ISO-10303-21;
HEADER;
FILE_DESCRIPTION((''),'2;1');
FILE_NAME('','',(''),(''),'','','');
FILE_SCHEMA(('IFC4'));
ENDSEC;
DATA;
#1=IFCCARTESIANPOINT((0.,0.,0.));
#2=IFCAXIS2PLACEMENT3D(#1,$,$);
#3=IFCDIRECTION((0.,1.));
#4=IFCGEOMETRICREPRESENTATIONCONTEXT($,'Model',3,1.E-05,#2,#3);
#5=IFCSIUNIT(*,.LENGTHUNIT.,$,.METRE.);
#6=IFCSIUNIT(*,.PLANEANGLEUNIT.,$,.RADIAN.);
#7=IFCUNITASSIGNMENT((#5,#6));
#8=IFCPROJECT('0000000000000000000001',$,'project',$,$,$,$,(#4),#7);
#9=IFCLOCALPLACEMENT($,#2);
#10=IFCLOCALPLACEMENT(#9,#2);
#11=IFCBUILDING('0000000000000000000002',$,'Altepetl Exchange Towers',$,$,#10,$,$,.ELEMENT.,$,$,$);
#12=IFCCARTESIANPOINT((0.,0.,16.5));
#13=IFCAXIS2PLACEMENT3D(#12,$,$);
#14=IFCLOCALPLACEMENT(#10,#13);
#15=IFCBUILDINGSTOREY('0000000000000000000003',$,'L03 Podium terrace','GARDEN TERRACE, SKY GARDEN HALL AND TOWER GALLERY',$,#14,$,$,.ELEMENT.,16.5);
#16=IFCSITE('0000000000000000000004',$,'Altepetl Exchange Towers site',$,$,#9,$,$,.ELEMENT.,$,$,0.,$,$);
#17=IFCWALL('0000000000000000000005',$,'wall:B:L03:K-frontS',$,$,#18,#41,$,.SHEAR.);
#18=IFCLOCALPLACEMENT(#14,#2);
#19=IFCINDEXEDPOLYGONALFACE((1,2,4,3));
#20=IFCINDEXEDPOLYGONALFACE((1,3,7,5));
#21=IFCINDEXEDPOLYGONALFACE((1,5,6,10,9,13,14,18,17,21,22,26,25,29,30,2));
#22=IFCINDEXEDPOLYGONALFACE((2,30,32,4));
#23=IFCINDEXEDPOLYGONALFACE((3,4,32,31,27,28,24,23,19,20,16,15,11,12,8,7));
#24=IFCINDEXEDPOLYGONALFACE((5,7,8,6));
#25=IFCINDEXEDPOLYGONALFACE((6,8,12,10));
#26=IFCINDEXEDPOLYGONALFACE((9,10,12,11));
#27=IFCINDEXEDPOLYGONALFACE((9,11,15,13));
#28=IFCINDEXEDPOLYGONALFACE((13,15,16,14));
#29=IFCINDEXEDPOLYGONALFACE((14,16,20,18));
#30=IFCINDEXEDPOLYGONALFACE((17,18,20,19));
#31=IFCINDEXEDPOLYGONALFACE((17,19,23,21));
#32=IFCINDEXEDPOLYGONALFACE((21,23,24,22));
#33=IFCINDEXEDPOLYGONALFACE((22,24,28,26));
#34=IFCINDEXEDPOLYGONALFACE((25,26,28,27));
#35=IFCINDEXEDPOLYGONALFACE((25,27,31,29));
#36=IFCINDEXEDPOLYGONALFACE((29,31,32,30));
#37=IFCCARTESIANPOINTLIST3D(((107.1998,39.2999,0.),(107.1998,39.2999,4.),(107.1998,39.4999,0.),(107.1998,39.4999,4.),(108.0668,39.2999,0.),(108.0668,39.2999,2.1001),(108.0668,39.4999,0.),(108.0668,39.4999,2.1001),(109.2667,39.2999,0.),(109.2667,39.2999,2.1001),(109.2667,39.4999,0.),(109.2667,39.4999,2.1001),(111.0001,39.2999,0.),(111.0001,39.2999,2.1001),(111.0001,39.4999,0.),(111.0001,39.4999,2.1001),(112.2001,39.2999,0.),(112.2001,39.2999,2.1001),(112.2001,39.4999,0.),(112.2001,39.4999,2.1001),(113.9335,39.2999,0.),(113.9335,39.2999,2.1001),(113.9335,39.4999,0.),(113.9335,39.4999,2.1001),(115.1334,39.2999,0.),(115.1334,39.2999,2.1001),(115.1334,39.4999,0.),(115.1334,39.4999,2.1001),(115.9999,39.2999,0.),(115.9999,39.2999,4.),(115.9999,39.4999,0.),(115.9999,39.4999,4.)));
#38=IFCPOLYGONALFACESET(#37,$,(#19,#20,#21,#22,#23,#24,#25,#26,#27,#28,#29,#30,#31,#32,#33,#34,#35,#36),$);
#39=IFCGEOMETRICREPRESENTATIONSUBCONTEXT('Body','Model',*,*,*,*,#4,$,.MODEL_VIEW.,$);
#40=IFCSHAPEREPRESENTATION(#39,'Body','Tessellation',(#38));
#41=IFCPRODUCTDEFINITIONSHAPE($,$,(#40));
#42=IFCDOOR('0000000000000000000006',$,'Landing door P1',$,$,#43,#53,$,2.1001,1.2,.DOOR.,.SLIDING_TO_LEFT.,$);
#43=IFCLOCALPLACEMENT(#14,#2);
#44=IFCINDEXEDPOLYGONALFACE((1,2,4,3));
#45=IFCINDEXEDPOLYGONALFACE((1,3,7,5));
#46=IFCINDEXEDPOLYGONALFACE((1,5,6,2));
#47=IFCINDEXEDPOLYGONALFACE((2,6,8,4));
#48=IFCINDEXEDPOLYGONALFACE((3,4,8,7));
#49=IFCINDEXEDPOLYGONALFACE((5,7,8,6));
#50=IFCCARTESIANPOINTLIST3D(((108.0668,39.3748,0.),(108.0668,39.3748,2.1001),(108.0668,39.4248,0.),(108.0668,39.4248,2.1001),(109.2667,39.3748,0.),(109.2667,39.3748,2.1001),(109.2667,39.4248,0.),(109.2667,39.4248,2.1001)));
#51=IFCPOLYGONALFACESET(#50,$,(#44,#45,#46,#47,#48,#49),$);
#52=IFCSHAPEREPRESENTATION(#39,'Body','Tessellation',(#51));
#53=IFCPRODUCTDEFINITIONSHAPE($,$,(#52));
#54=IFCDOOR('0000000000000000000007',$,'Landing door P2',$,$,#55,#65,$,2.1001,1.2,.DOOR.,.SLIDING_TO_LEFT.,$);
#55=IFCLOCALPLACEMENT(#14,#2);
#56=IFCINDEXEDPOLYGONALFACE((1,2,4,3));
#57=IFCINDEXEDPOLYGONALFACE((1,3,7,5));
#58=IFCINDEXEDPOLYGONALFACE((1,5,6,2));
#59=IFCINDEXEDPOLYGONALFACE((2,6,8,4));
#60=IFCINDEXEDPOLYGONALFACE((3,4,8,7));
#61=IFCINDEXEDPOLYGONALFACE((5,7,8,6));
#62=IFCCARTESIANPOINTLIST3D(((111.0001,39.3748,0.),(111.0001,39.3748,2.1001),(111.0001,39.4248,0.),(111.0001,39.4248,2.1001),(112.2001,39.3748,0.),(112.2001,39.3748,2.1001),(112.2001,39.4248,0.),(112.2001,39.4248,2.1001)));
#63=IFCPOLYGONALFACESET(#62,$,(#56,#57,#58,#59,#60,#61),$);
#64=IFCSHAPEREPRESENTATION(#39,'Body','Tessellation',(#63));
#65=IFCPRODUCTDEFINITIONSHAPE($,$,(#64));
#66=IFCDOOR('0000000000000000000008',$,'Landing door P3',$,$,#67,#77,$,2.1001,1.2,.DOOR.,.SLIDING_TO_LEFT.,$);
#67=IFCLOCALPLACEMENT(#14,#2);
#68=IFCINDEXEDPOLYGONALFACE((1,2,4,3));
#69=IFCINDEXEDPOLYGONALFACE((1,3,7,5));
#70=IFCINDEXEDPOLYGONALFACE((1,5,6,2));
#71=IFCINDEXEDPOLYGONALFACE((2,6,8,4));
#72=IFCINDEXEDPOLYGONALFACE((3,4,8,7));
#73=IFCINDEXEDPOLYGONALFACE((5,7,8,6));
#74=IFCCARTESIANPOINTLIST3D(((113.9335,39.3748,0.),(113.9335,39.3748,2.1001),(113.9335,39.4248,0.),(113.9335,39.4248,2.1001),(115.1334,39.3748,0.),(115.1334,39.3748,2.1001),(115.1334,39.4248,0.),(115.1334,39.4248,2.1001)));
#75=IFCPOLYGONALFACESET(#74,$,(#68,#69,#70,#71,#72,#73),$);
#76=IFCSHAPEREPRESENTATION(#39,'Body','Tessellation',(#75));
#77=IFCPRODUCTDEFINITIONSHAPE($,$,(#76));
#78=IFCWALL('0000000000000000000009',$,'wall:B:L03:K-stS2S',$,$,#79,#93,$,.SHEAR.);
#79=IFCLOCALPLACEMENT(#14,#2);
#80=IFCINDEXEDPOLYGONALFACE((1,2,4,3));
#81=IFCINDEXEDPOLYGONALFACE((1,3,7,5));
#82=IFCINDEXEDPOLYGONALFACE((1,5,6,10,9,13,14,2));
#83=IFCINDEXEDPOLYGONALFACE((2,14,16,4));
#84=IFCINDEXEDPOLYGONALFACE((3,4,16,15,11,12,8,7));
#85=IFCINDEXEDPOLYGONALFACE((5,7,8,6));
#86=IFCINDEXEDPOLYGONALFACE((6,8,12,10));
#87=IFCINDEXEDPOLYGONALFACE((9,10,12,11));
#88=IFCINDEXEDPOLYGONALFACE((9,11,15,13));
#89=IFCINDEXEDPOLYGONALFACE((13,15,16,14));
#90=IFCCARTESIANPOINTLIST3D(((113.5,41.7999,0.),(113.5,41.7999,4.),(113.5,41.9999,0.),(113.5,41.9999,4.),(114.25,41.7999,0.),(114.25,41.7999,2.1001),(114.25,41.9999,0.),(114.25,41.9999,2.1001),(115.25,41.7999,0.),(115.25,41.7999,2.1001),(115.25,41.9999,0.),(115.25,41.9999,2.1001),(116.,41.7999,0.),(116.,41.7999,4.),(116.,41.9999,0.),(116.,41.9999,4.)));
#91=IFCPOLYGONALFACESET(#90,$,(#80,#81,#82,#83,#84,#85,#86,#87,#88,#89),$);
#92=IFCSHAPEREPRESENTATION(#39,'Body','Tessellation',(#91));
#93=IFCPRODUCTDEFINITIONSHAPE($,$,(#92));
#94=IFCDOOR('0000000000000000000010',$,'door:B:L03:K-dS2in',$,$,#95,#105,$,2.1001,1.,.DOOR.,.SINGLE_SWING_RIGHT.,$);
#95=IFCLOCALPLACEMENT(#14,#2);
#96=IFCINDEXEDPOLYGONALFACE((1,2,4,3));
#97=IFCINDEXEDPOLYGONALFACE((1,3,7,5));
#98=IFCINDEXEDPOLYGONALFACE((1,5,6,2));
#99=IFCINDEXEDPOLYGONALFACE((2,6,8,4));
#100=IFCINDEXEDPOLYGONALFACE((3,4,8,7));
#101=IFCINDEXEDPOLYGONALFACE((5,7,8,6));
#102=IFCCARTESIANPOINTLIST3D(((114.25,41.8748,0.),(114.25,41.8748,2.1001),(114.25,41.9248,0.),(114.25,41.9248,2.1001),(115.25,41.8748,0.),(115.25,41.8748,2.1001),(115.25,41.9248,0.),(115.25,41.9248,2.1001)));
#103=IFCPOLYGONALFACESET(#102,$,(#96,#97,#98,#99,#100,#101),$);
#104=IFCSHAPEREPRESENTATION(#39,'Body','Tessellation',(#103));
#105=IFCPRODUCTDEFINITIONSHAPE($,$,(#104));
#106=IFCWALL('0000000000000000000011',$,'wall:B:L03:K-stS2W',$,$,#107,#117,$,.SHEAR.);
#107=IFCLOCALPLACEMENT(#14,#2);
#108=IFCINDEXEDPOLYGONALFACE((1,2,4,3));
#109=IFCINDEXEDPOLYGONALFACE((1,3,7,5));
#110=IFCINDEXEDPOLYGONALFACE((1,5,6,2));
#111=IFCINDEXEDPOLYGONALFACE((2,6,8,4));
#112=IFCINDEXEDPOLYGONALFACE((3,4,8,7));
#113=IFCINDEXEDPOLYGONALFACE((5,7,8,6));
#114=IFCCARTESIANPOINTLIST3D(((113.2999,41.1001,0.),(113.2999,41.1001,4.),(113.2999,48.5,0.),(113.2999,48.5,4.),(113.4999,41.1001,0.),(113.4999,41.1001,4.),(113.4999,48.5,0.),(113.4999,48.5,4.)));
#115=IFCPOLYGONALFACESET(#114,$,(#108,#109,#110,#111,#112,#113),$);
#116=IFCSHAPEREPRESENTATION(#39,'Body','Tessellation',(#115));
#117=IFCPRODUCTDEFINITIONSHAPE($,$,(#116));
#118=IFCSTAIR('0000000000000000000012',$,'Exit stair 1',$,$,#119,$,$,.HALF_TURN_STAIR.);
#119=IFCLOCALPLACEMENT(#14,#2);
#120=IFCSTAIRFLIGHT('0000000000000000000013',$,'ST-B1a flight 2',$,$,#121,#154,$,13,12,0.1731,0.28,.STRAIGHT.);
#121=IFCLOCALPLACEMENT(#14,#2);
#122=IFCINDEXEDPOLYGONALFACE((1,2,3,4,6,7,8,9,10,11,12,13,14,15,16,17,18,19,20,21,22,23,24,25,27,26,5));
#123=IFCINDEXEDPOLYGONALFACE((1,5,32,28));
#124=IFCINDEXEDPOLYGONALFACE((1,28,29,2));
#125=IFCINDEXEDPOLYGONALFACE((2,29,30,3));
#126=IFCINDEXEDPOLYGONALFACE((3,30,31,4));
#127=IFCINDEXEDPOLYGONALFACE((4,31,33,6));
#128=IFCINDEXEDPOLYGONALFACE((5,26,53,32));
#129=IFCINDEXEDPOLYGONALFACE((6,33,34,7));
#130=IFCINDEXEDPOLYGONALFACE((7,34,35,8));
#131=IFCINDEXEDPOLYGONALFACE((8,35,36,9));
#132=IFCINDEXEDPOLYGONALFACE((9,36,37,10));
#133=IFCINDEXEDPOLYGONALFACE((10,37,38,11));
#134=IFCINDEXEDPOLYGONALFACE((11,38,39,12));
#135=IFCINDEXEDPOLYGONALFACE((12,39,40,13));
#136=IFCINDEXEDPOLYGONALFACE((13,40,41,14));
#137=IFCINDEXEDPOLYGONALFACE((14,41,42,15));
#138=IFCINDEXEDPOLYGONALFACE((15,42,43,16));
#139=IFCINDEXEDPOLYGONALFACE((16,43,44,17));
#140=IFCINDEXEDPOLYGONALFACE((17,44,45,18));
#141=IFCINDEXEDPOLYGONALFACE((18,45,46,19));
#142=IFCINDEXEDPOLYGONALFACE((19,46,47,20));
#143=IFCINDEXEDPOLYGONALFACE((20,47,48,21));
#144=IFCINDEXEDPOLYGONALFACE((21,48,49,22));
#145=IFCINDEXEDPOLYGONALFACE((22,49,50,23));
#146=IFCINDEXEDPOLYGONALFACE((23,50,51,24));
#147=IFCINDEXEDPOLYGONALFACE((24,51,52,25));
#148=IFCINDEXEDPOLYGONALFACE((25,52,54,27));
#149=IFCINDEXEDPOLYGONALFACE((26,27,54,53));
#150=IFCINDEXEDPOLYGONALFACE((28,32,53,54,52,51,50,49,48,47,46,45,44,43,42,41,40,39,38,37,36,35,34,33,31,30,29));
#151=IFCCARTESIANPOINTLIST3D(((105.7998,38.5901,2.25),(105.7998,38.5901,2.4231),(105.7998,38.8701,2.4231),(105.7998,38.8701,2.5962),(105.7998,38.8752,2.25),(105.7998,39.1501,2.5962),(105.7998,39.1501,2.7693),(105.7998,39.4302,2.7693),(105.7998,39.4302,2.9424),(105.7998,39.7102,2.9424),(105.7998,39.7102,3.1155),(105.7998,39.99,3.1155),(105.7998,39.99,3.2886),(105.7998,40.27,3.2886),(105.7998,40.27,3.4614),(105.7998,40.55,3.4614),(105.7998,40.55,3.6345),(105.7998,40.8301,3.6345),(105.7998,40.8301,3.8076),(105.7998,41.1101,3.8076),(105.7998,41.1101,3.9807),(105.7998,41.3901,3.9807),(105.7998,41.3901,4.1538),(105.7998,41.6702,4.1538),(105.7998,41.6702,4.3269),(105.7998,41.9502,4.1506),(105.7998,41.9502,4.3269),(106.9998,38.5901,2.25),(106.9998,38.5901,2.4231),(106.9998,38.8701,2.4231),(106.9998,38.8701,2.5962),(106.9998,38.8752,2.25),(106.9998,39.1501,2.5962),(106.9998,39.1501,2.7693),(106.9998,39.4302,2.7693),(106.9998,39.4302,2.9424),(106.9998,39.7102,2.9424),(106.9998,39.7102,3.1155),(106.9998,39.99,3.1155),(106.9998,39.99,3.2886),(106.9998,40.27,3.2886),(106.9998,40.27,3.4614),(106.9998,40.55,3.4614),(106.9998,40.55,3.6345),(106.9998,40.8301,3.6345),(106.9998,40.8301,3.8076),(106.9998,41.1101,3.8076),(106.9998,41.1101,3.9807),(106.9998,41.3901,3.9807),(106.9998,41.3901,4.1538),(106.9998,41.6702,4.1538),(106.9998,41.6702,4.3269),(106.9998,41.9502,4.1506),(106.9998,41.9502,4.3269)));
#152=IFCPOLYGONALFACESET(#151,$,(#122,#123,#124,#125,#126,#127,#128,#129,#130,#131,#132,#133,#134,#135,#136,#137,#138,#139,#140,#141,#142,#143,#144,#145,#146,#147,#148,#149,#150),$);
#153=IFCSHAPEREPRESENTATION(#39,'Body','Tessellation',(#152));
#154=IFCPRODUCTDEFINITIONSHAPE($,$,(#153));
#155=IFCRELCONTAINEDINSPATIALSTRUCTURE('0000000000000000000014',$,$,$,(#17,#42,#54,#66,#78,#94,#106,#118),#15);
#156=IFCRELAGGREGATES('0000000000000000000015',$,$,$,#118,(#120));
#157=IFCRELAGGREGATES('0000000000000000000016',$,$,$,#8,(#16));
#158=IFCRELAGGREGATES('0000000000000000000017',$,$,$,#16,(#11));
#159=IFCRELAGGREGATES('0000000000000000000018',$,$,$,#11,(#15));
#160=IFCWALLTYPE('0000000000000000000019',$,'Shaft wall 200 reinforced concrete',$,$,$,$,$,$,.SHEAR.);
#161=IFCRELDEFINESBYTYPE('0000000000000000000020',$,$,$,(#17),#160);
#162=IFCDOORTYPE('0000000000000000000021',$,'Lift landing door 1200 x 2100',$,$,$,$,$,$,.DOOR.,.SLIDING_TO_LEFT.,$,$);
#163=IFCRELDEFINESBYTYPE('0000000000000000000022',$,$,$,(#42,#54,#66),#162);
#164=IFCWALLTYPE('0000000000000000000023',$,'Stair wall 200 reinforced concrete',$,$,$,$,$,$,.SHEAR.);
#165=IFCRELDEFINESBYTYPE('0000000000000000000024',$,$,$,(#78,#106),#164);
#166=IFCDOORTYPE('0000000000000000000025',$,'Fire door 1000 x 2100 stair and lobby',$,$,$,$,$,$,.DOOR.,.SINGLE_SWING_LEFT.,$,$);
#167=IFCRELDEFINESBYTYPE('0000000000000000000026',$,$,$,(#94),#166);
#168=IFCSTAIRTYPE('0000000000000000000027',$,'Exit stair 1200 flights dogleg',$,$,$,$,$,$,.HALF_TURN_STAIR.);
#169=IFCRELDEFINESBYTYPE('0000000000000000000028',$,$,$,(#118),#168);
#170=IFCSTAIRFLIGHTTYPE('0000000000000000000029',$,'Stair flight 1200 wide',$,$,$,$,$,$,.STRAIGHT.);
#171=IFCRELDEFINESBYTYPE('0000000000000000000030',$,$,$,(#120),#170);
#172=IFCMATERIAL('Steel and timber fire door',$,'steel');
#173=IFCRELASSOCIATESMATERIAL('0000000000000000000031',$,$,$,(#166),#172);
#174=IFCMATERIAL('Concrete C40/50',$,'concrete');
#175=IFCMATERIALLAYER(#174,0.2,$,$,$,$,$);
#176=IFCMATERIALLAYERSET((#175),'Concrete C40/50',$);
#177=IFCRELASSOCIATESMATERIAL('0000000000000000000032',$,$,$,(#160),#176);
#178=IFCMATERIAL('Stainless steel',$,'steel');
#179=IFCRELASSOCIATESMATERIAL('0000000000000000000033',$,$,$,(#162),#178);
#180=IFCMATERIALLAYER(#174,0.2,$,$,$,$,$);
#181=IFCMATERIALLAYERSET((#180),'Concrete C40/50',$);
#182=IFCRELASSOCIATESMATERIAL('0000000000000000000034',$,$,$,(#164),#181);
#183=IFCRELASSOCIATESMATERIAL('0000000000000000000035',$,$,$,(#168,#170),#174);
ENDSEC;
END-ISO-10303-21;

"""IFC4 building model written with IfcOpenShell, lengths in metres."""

from ifc_helpers import new_model, si_unit, direction, frame, frame_2d, origin, place, context, subcontext, project, spatial, polyline, rectangle, outline, extrude, material, layer, layer_set, type_object, element, fill, aggregate, save


model = new_model("IFC4")

# Units and contexts
model_context = context("Model", 3, precision=1e-05, world=origin(), true_north=direction((0.0, 1.0)))
body_context = subcontext(model_context, "Body", "Model", "MODEL_VIEW")
ifc_project = project(units=[si_unit("LENGTHUNIT", "METRE"), si_unit("PLANEANGLEUNIT", "RADIAN")], contexts=[model_context])

# Site, building, storey
site_placement = place(None, origin())
site = spatial("IfcSite", under=ifc_project, at=site_placement, Name="Altepetl Exchange Towers site", CompositionType="ELEMENT", RefElevation=0.0)
building_placement = place(site_placement, origin())
building = spatial("IfcBuilding", under=site, at=building_placement, Name="Altepetl Exchange Towers", CompositionType="ELEMENT")
storey_placement = place(building_placement, frame((0.0, 0.0, 16.5)))
storey = spatial("IfcBuildingStorey", under=building, at=storey_placement, Name="L03 Podium terrace", Description="GARDEN TERRACE, SKY GARDEN HALL AND TOWER GALLERY", CompositionType="ELEMENT", Elevation=16.5)

# Shared definitions
ifc_material_1 = material(Name="Steel and timber fire door", Category="steel")
door_type_1 = type_object("IfcDoorType", Name="Fire door 1000 x 2100 stair and lobby", OperationType="SINGLE_SWING_LEFT", PredefinedType="DOOR", material=ifc_material_1)

# Shared definitions
ifc_material_2 = material(Name="Concrete C40/50", Category="concrete")
ifc_layer_1 = layer(ifc_material_2, 0.2)
ifc_layer_set_1 = layer_set([ifc_layer_1], Name="Concrete C40/50")
wall_type_1 = type_object("IfcWallType", Name="Shaft wall 200 reinforced concrete", PredefinedType="SHEAR", material=ifc_layer_set_1)
ifc_material_3 = material(Name="Stainless steel", Category="steel")

# Wall, openings, doors
wall_1_placement = place(storey_placement, frame((107.2, 39.3999, 0.0)))
wall_1 = element("IfcWall", 1, at=wall_1_placement, inside=storey, type_object=wall_type_1, Name="wall:B:L03:K-frontS", PredefinedType="SHEAR", context=body_context, shape_type="SweptSolid", body=[
    extrude(rectangle(XDim=8.8, YDim=0.2, at=frame_2d((4.3999, 0.0))), origin(), (0.0, 0.0, 1.0), 4.0),
])
opening_1_placement = place(wall_1_placement, frame((0.8667, 0.0, 0.0)))
opening_1 = element("IfcOpeningElement", 2, at=opening_1_placement, cuts=wall_1, PredefinedType="OPENING", context=body_context, shape_type="SweptSolid", body=[
    extrude(rectangle(XDim=1.2, YDim=2.1001, at=frame_2d((0.6001, 1.05))), frame((0.0, 0.1099, 0.0), z_axis=(0.0, -1.0, 0.0), x_axis=(1.0, 0.0, 0.0)), (0.0, 0.0, 1.0), 0.22),
])
opening_2_placement = place(wall_1_placement, frame((3.8, 0.0, 0.0)))
opening_2 = element("IfcOpeningElement", 3, at=opening_2_placement, cuts=wall_1, PredefinedType="OPENING", context=body_context, shape_type="SweptSolid", body=[
    extrude(rectangle(XDim=1.2, YDim=2.1001, at=frame_2d((0.6001, 1.05))), frame((0.0, 0.1099, 0.0), z_axis=(0.0, -1.0, 0.0), x_axis=(1.0, 0.0, 0.0)), (0.0, 0.0, 1.0), 0.22),
])
opening_3_placement = place(wall_1_placement, frame((6.7334, 0.0, 0.0)))
opening_3 = element("IfcOpeningElement", 4, at=opening_3_placement, cuts=wall_1, PredefinedType="OPENING", context=body_context, shape_type="SweptSolid", body=[
    extrude(rectangle(XDim=1.2, YDim=2.1001, at=frame_2d((0.6001, 1.05))), frame((0.0, 0.1099, 0.0), z_axis=(0.0, -1.0, 0.0), x_axis=(1.0, 0.0, 0.0)), (0.0, 0.0, 1.0), 0.22),
])
door_type_2 = type_object("IfcDoorType", Name="Lift landing door 1200 x 2100", OperationType="SLIDING_TO_LEFT", PredefinedType="DOOR", material=ifc_material_3)
door_1_placement = place(opening_1_placement, origin())
door_1 = element("IfcDoor", 5, at=door_1_placement, inside=storey, type_object=door_type_2, Name="Landing door P1", OperationType="SLIDING_TO_LEFT", OverallHeight=2.1001, OverallWidth=1.2, PredefinedType="DOOR", context=body_context, shape_type="SweptSolid", body=[
    extrude(rectangle(XDim=1.2, YDim=2.1001, at=frame_2d((0.6001, 1.05))), frame((0.0, 0.0249, 0.0), z_axis=(0.0, -1.0, 0.0), x_axis=(1.0, 0.0, 0.0)), (0.0, 0.0, 1.0), 0.05),
])
fill(opening_1, door_1)
door_2_placement = place(opening_2_placement, origin())
door_2 = element("IfcDoor", 6, at=door_2_placement, inside=storey, type_object=door_type_2, Name="Landing door P2", OperationType="SLIDING_TO_LEFT", OverallHeight=2.1001, OverallWidth=1.2, PredefinedType="DOOR", context=body_context, shape_type="SweptSolid", body=[
    extrude(rectangle(XDim=1.2, YDim=2.1001, at=frame_2d((0.6001, 1.05))), frame((0.0, 0.0249, 0.0), z_axis=(0.0, -1.0, 0.0), x_axis=(1.0, 0.0, 0.0)), (0.0, 0.0, 1.0), 0.05),
])
fill(opening_2, door_2)
door_3_placement = place(opening_3_placement, origin())
door_3 = element("IfcDoor", 7, at=door_3_placement, inside=storey, type_object=door_type_2, Name="Landing door P3", OperationType="SLIDING_TO_LEFT", OverallHeight=2.1001, OverallWidth=1.2, PredefinedType="DOOR", context=body_context, shape_type="SweptSolid", body=[
    extrude(rectangle(XDim=1.2, YDim=2.1001, at=frame_2d((0.6001, 1.05))), frame((0.0, 0.0249, 0.0), z_axis=(0.0, -1.0, 0.0), x_axis=(1.0, 0.0, 0.0)), (0.0, 0.0, 1.0), 0.05),
])
fill(opening_3, door_3)

# Wall, opening, door
ifc_layer_2 = layer(ifc_material_2, 0.2)
ifc_layer_set_2 = layer_set([ifc_layer_2], Name="Concrete C40/50")
wall_type_2 = type_object("IfcWallType", Name="Stair wall 200 reinforced concrete", PredefinedType="SHEAR", material=ifc_layer_set_2)
wall_2_placement = place(storey_placement, frame((113.5, 41.8999, 0.0)))
wall_2 = element("IfcWall", 8, at=wall_2_placement, inside=storey, type_object=wall_type_2, Name="wall:B:L03:K-stS2S", PredefinedType="SHEAR", context=body_context, shape_type="SweptSolid", body=[
    extrude(rectangle(XDim=2.5, YDim=0.2, at=frame_2d((1.25, 0.0))), origin(), (0.0, 0.0, 1.0), 4.0),
])
opening_4_placement = place(wall_2_placement, frame((0.75, 0.0, 0.0)))
opening_4 = element("IfcOpeningElement", 9, at=opening_4_placement, cuts=wall_2, PredefinedType="OPENING", context=body_context, shape_type="SweptSolid", body=[
    extrude(rectangle(XDim=1.0, YDim=2.1001, at=frame_2d((0.5, 1.05))), frame((0.0, 0.1099, 0.0), z_axis=(0.0, -1.0, 0.0), x_axis=(1.0, 0.0, 0.0)), (0.0, 0.0, 1.0), 0.22),
])
door_4_placement = place(opening_4_placement, origin())
door_4 = element("IfcDoor", 10, at=door_4_placement, inside=storey, type_object=door_type_1, Name="door:B:L03:K-dS2in", OperationType="SINGLE_SWING_RIGHT", OverallHeight=2.1001, OverallWidth=1.0, PredefinedType="DOOR", context=body_context, shape_type="SweptSolid", body=[
    extrude(rectangle(XDim=1.0, YDim=2.1001, at=frame_2d((0.5, 1.05))), frame((0.0, 0.0249, 0.0), z_axis=(0.0, -1.0, 0.0), x_axis=(1.0, 0.0, 0.0)), (0.0, 0.0, 1.0), 0.05),
])
fill(opening_4, door_4)

# Wall
wall_3_placement = place(storey_placement, frame((113.3999, 41.1001, 0.0), z_axis=(0.0, 0.0, 1.0), x_axis=(0.0, 1.0, 0.0)))
element("IfcWall", 11, at=wall_3_placement, inside=storey, type_object=wall_type_2, Name="wall:B:L03:K-stS2W", PredefinedType="SHEAR", context=body_context, shape_type="SweptSolid", body=[
    extrude(rectangle(XDim=7.3999, YDim=0.2, at=frame_2d((3.7, 0.0))), origin(), (0.0, 0.0, 1.0), 4.0),
])

# Stair, stair flight
stair_type = type_object("IfcStairType", Name="Exit stair 1200 flights dogleg", PredefinedType="HALF_TURN_STAIR", material=ifc_material_2)
stair_1_placement = place(storey_placement, origin())
stair_1 = element("IfcStair", 12, at=stair_1_placement, inside=storey, type_object=stair_type, Name="Exit stair 1", PredefinedType="HALF_TURN_STAIR")
stair_flight_type = type_object("IfcStairFlightType", Name="Stair flight 1200 wide", PredefinedType="STRAIGHT", material=ifc_material_2)
stair_flight_1_placement = place(storey_placement, frame((106.3999, 38.5901, 2.25), z_axis=(0.0, 0.0, 1.0), x_axis=(0.0, 1.0, 0.0)))
stair_flight_1 = element("IfcStairFlight", 13, at=stair_flight_1_placement, type_object=stair_flight_type, Name="ST-B1a flight 2", NumberOfRisers=13, NumberOfTreads=12, PredefinedType="STRAIGHT", RiserHeight=0.1731, TreadLength=0.28, context=body_context, shape_type="SweptSolid", body=[
    extrude(outline(polyline([(0.0, 0.0), (0.0, 0.1731), (0.28, 0.1731), (0.28, 0.3462), (0.5601, 0.3462), (0.5601, 0.5193), (0.8401, 0.5193), (0.8401, 0.6924), (1.1201, 0.6924), (1.1201, 0.8655), (1.3999, 0.8655), (1.3999, 1.0386), (1.6799, 1.0386), (1.6799, 1.2114), (1.96, 1.2114), (1.96, 1.3845), (2.24, 1.3845), (2.24, 1.5576), (2.52, 1.5576), (2.52, 1.7307), (2.8, 1.7307), (2.8, 1.9038), (3.0801, 1.9038), (3.0801, 2.0769), (3.3601, 2.0769), (3.3601, 2.25), (3.3601, 1.9006), (0.2852, 0.0), (0.0, 0.0)])), frame((0.0, 0.6001, 0.0), z_axis=(0.0, -1.0, 0.0), x_axis=(1.0, 0.0, 0.0)), (0.0, 0.0, 1.0), 1.2),
])
aggregate(stair_1, [stair_flight_1])

save(model, "model.ifc")
